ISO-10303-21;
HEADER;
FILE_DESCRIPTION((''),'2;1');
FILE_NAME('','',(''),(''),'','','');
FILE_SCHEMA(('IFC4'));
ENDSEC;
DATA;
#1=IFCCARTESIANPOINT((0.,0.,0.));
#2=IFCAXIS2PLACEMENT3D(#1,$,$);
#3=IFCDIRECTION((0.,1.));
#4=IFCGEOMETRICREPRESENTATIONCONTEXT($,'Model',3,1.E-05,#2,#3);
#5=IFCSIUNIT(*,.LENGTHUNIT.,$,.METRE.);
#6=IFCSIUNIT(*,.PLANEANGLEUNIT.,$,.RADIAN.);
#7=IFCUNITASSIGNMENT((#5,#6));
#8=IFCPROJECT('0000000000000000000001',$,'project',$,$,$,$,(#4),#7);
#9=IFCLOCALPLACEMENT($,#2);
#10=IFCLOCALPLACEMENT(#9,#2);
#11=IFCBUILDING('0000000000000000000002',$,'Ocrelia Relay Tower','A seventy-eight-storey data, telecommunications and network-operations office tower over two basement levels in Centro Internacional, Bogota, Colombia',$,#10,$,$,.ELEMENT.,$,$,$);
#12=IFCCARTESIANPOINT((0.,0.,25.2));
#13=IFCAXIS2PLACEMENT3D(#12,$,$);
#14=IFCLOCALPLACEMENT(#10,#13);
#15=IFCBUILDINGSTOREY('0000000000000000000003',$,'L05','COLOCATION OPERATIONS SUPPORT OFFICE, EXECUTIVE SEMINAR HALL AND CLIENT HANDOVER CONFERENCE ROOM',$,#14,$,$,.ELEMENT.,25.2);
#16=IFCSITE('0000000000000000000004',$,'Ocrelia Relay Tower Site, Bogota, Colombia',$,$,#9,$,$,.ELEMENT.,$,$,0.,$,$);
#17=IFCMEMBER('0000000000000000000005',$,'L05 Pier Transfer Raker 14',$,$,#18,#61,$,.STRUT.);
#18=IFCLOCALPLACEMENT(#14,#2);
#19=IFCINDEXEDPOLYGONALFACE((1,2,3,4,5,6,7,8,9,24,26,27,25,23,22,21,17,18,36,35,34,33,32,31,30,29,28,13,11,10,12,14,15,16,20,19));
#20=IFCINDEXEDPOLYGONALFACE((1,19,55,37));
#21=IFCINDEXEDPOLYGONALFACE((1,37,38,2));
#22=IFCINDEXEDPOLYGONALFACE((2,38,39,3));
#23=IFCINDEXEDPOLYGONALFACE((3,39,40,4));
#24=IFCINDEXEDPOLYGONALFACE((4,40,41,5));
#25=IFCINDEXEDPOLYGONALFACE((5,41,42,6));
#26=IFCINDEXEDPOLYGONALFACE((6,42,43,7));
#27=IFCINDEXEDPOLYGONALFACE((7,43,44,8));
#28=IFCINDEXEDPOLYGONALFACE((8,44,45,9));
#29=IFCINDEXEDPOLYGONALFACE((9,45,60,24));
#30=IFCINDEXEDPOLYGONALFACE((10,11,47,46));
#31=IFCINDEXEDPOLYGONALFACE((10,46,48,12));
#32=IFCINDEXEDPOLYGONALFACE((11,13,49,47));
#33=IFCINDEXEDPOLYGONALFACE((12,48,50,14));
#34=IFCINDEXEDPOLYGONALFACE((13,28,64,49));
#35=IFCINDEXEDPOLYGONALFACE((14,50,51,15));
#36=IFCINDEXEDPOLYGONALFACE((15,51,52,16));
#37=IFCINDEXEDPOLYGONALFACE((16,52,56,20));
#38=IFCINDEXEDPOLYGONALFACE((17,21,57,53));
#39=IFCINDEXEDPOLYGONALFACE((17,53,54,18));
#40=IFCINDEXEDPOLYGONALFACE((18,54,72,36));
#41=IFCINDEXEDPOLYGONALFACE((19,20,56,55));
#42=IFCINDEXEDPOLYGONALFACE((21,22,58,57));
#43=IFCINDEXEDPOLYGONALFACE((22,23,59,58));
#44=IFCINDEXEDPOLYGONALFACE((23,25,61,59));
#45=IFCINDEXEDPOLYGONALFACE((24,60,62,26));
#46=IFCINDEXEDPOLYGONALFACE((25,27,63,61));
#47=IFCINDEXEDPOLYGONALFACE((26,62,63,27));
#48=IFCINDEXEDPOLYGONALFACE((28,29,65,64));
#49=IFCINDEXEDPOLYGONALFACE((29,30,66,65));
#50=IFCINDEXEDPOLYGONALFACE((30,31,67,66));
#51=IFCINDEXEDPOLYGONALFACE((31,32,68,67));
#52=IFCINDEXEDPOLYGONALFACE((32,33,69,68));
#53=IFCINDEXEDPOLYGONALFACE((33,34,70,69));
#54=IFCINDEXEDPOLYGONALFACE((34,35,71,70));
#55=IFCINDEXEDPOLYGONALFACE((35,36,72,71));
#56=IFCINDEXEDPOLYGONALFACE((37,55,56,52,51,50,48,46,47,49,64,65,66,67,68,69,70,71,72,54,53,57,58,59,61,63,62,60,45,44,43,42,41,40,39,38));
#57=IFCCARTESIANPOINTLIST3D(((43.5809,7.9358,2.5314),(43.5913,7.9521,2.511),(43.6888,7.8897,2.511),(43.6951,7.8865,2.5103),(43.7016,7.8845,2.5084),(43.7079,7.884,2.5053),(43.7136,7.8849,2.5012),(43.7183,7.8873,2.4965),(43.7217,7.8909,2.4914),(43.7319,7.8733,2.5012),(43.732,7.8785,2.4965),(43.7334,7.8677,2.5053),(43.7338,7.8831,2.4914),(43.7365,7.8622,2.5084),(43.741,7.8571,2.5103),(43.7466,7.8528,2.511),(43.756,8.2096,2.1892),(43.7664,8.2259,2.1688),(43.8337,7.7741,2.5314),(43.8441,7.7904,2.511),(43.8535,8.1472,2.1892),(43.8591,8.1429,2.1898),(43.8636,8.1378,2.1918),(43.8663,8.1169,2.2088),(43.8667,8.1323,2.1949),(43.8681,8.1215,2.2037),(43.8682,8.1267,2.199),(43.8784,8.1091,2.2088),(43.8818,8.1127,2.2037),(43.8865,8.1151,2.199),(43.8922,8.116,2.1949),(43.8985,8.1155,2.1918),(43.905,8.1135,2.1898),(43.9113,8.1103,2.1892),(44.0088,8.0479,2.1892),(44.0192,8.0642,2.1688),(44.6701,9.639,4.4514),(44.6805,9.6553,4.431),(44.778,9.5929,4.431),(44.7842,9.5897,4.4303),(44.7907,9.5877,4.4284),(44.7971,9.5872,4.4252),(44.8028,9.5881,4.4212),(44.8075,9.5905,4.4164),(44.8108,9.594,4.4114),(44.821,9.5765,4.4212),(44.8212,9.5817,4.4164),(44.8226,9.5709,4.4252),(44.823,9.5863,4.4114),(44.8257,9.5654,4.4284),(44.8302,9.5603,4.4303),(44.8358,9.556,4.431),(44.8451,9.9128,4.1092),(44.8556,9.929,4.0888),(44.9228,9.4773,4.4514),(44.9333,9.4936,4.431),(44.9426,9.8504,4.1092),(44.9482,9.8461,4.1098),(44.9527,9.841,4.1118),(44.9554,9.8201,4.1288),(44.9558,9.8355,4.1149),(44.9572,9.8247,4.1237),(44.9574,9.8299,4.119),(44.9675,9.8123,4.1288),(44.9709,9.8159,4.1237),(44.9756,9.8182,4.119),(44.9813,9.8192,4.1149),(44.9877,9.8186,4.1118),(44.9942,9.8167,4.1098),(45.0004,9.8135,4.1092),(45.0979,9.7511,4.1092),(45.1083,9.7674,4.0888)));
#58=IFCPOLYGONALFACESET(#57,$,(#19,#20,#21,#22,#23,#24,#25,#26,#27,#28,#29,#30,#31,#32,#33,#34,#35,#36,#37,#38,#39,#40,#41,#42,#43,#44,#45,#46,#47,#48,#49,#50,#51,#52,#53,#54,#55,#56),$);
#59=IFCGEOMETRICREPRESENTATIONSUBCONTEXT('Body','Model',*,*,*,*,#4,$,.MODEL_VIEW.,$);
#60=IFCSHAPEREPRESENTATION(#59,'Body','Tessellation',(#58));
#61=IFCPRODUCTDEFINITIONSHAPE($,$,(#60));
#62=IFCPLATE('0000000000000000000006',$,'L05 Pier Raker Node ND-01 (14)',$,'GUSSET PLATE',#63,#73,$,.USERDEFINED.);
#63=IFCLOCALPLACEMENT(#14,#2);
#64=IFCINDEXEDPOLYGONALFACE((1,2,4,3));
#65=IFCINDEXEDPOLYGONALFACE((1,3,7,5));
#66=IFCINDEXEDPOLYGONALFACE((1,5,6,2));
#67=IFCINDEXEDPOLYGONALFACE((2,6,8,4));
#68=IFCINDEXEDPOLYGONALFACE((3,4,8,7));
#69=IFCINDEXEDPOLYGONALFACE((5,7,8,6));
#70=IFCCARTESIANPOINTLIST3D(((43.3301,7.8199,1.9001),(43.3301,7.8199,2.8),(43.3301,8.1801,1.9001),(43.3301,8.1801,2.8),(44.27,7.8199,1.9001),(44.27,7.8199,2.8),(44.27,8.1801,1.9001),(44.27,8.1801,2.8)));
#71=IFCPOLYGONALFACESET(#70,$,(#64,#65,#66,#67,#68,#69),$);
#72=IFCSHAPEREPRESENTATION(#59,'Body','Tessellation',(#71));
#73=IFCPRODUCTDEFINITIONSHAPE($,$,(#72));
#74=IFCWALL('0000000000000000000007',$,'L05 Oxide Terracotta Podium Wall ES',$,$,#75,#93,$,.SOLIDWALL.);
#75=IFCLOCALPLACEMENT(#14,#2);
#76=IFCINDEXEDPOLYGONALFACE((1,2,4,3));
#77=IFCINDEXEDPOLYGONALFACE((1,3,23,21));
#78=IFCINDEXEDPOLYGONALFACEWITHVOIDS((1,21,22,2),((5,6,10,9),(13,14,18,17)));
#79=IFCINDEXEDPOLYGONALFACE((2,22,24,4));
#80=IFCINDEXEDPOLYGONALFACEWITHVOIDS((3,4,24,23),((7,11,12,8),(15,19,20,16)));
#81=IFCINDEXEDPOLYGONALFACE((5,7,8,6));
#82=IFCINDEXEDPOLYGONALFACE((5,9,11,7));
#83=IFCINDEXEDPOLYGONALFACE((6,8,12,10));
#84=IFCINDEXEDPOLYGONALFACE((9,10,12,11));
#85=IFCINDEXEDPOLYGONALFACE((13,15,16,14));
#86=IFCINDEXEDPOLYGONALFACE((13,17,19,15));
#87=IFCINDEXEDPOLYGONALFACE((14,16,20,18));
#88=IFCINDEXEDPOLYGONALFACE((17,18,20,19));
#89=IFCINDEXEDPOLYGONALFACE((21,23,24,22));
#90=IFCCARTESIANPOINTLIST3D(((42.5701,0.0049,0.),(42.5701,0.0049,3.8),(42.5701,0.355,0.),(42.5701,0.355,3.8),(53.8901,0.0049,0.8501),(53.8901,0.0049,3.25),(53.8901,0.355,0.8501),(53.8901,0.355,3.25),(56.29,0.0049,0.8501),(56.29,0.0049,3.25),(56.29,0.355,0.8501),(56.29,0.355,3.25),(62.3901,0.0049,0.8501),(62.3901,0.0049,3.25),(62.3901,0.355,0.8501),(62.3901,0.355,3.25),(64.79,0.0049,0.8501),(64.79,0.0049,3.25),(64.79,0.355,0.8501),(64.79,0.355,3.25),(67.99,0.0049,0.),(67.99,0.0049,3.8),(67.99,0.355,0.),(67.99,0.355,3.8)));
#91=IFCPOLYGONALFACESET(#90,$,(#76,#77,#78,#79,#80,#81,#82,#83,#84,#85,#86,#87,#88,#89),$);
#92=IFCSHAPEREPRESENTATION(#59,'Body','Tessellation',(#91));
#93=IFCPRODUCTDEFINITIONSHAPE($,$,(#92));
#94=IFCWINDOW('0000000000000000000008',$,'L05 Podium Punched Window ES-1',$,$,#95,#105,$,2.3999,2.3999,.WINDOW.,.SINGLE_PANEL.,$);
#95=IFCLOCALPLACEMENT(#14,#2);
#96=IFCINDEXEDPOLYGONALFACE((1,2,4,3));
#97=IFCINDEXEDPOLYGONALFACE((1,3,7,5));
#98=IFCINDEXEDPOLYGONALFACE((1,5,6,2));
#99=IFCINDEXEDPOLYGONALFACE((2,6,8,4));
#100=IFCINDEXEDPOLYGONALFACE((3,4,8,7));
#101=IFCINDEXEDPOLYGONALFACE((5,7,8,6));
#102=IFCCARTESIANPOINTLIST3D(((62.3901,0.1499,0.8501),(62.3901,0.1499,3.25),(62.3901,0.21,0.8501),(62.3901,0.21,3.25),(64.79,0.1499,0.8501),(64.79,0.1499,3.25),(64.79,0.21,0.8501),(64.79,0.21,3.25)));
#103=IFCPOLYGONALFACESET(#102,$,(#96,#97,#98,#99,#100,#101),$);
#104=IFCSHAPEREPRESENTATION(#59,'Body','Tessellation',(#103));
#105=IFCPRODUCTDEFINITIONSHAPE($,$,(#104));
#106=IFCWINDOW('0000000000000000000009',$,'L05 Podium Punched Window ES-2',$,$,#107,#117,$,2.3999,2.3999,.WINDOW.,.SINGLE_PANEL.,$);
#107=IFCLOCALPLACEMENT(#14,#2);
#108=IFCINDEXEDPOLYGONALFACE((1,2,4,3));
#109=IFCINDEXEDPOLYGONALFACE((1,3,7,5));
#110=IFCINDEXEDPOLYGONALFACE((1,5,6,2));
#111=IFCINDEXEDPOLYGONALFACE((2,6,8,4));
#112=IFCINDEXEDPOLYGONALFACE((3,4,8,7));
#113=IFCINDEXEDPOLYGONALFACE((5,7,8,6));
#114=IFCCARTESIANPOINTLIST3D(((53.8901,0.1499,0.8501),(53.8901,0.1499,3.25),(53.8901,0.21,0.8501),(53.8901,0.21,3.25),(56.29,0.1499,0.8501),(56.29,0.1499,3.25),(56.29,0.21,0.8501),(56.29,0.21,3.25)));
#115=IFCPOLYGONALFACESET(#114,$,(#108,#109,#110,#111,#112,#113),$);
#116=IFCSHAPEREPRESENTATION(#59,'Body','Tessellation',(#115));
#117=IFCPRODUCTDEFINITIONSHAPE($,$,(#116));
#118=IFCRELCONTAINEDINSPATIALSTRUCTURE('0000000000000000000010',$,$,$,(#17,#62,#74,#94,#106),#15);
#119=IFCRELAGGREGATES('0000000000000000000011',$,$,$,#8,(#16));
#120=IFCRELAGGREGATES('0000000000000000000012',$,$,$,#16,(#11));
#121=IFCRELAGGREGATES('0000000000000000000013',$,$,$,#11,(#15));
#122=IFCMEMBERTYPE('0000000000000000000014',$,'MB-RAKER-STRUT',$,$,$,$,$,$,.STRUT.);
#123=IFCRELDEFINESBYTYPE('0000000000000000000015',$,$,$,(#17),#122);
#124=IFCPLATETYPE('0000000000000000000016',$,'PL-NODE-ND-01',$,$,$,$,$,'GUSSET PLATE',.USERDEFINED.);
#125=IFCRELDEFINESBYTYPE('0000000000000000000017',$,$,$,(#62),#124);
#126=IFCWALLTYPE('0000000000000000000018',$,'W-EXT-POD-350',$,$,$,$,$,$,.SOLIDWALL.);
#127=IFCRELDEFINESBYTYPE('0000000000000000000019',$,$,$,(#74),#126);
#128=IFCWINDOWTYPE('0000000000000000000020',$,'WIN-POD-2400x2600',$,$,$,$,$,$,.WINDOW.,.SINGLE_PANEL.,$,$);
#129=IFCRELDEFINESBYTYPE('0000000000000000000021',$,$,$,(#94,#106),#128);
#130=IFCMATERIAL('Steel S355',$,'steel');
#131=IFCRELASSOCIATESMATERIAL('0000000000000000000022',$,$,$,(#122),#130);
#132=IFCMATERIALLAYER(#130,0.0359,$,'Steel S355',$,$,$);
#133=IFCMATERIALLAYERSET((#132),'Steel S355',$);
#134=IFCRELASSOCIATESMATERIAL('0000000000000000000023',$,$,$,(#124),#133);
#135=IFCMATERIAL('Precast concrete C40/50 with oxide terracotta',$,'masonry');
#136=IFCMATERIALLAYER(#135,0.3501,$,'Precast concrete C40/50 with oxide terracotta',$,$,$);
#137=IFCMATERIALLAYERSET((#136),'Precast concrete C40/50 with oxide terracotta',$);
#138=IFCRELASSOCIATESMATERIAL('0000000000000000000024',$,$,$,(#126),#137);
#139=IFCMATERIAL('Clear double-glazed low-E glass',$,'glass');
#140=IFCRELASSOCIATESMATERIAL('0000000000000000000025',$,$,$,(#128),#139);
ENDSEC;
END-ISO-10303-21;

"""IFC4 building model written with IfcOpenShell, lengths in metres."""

from ifc_helpers import new_model, si_unit, direction, frame, frame_2d, origin, origin_2d, place, context, subcontext, project, spatial, rectangle, i_section, extrude, material, layer, layer_set, material_profile, profile_set, type_object, element, fill, save


model = new_model("IFC4")

# Units and contexts
model_context = context("Model", 3, precision=1e-05, world=origin(), true_north=direction((0.0, 1.0)))
body_context = subcontext(model_context, "Body", "Model", "MODEL_VIEW")
ifc_project = project(units=[si_unit("LENGTHUNIT", "METRE"), si_unit("PLANEANGLEUNIT", "RADIAN")], contexts=[model_context])

# Site, building, storey
site_placement = place(None, origin())
site = spatial("IfcSite", under=ifc_project, at=site_placement, Name="Ocrelia Relay Tower Site, Bogota, Colombia", CompositionType="ELEMENT", RefElevation=0.0)
building_placement = place(site_placement, origin())
building = spatial("IfcBuilding", under=site, at=building_placement, Name="Ocrelia Relay Tower", Description="A seventy-eight-storey data, telecommunications and network-operations office tower over two basement levels in Centro Internacional, Bogota, Colombia", CompositionType="ELEMENT")
storey_placement = place(building_placement, frame((0.0, 0.0, 25.2)))
storey = spatial("IfcBuildingStorey", under=building, at=storey_placement, Name="L05", Description="COLOCATION OPERATIONS SUPPORT OFFICE, EXECUTIVE SEMINAR HALL AND CLIENT HANDOVER CONFERENCE ROOM", CompositionType="ELEMENT", Elevation=25.2)

# Shared definitions
ifc_material_1 = material(Name="Steel S355", Category="steel")

# Member
ifc_material_profile_1 = material_profile(ifc_material_1, i_section(OverallWidth=0.3, OverallDepth=0.5, WebThickness=0.0144, FlangeThickness=0.0281, FilletRadius=0.0271, at=origin_2d()), Name="HEB 500")
ifc_profile_set_1 = profile_set([ifc_material_profile_1], Name="Steel S355")
member_type_1 = type_object("IfcMemberType", Name="MB-RAKER-STRUT", PredefinedType="STRUT", material=ifc_profile_set_1)
member_1_placement = place(storey_placement, frame((43.8, 8.0, 2.3501), z_axis=(0.390644, 0.610879, 0.68864), x_axis=(-0.842471, 0.538742, 0.0)))
element("IfcMember", 1, at=member_1_placement, inside=storey, type_object=member_type_1, Name="L05 Pier Transfer Raker 14", PredefinedType="STRUT", context=body_context, shape_type="SweptSolid", body=[
    extrude(i_section(OverallWidth=0.3, OverallDepth=0.5, WebThickness=0.0144, FlangeThickness=0.0281, FilletRadius=0.0271, at=origin_2d()), origin(), (0.0, 0.0, 1.0), 2.7881),
])

# Plate
ifc_layer_1 = layer(ifc_material_1, 0.0359, Name="Steel S355")
ifc_layer_set_1 = layer_set([ifc_layer_1], Name="Steel S355")
plate_type = type_object("IfcPlateType", Name="PL-NODE-ND-01", ElementType="GUSSET PLATE", PredefinedType="USERDEFINED", material=ifc_layer_set_1)
plate_placement = place(storey_placement, frame((43.8, 8.0, 1.9001), z_axis=(0.0, 0.0, 1.0), x_axis=(1.0, 0.0, 0.0)))
element("IfcPlate", 2, at=plate_placement, inside=storey, type_object=plate_type, Name="L05 Pier Raker Node ND-01 (14)", ObjectType="GUSSET PLATE", PredefinedType="USERDEFINED", context=body_context, shape_type="SweptSolid", body=[
    extrude(rectangle(XDim=0.9399, YDim=0.3601, at=origin_2d()), origin(), (0.0, 0.0, 1.0), 0.8999),
])

# Wall, openings, windows
ifc_material_2 = material(Name="Precast concrete C40/50 with oxide terracotta", Category="masonry")
ifc_layer_2 = layer(ifc_material_2, 0.3501, Name="Precast concrete C40/50 with oxide terracotta")
ifc_layer_set_2 = layer_set([ifc_layer_2], Name="Precast concrete C40/50 with oxide terracotta")
wall_type = type_object("IfcWallType", Name="W-EXT-POD-350", PredefinedType="SOLIDWALL", material=ifc_layer_set_2)
wall_placement = place(storey_placement, frame((67.99, 0.1799, 0.0), z_axis=(0.0, 0.0, 1.0), x_axis=(-1.0, 0.0, 0.0)))
wall = element("IfcWall", 3, at=wall_placement, inside=storey, type_object=wall_type, Name="L05 Oxide Terracotta Podium Wall ES", PredefinedType="SOLIDWALL", context=body_context, shape_type="SweptSolid", body=[
    extrude(rectangle(XDim=25.4199, YDim=0.3501, at=frame_2d((12.71, 0.0))), origin(), (0.0, 0.0, 1.0), 3.8),
])
opening_1_placement = place(wall_placement, frame((3.2, 0.0, 0.8501)))
opening_1 = element("IfcOpeningElement", 4, at=opening_1_placement, cuts=wall, PredefinedType="OPENING", context=body_context, shape_type="SweptSolid", body=[
    extrude(rectangle(XDim=2.3999, YDim=2.3999, at=frame_2d((1.2, 1.2))), frame((0.0, 0.1851, 0.0), z_axis=(0.0, -1.0, 0.0), x_axis=(1.0, 0.0, 0.0)), (0.0, 0.0, 1.0), 0.3701),
])
opening_2_placement = place(wall_placement, frame((11.7, 0.0, 0.8501)))
opening_2 = element("IfcOpeningElement", 5, at=opening_2_placement, cuts=wall, PredefinedType="OPENING", context=body_context, shape_type="SweptSolid", body=[
    extrude(rectangle(XDim=2.3999, YDim=2.3999, at=frame_2d((1.2, 1.2))), frame((0.0, 0.1851, 0.0), z_axis=(0.0, -1.0, 0.0), x_axis=(1.0, 0.0, 0.0)), (0.0, 0.0, 1.0), 0.3701),
])
ifc_material_3 = material(Name="Clear double-glazed low-E glass", Category="glass")
window_type = type_object("IfcWindowType", Name="WIN-POD-2400x2600", PartitioningType="SINGLE_PANEL", PredefinedType="WINDOW", material=ifc_material_3)
window_1_placement = place(opening_1_placement, origin())
window_1 = element("IfcWindow", 6, at=window_1_placement, inside=storey, type_object=window_type, Name="L05 Podium Punched Window ES-1", OverallHeight=2.3999, OverallWidth=2.3999, PartitioningType="SINGLE_PANEL", PredefinedType="WINDOW", context=body_context, shape_type="SweptSolid", body=[
    extrude(rectangle(XDim=2.3999, YDim=2.3999, at=frame_2d((1.2, 1.2))), frame((0.0, 0.03, 0.0), z_axis=(0.0, -1.0, 0.0), x_axis=(1.0, 0.0, 0.0)), (0.0, 0.0, 1.0), 0.0601),
])
fill(opening_1, window_1)
window_2_placement = place(opening_2_placement, origin())
window_2 = element("IfcWindow", 7, at=window_2_placement, inside=storey, type_object=window_type, Name="L05 Podium Punched Window ES-2", OverallHeight=2.3999, OverallWidth=2.3999, PartitioningType="SINGLE_PANEL", PredefinedType="WINDOW", context=body_context, shape_type="SweptSolid", body=[
    extrude(rectangle(XDim=2.3999, YDim=2.3999, at=frame_2d((1.2, 1.2))), frame((0.0, 0.03, 0.0), z_axis=(0.0, -1.0, 0.0), x_axis=(1.0, 0.0, 0.0)), (0.0, 0.0, 1.0), 0.0601),
])
fill(opening_2, window_2)

save(model, "model.ifc")
